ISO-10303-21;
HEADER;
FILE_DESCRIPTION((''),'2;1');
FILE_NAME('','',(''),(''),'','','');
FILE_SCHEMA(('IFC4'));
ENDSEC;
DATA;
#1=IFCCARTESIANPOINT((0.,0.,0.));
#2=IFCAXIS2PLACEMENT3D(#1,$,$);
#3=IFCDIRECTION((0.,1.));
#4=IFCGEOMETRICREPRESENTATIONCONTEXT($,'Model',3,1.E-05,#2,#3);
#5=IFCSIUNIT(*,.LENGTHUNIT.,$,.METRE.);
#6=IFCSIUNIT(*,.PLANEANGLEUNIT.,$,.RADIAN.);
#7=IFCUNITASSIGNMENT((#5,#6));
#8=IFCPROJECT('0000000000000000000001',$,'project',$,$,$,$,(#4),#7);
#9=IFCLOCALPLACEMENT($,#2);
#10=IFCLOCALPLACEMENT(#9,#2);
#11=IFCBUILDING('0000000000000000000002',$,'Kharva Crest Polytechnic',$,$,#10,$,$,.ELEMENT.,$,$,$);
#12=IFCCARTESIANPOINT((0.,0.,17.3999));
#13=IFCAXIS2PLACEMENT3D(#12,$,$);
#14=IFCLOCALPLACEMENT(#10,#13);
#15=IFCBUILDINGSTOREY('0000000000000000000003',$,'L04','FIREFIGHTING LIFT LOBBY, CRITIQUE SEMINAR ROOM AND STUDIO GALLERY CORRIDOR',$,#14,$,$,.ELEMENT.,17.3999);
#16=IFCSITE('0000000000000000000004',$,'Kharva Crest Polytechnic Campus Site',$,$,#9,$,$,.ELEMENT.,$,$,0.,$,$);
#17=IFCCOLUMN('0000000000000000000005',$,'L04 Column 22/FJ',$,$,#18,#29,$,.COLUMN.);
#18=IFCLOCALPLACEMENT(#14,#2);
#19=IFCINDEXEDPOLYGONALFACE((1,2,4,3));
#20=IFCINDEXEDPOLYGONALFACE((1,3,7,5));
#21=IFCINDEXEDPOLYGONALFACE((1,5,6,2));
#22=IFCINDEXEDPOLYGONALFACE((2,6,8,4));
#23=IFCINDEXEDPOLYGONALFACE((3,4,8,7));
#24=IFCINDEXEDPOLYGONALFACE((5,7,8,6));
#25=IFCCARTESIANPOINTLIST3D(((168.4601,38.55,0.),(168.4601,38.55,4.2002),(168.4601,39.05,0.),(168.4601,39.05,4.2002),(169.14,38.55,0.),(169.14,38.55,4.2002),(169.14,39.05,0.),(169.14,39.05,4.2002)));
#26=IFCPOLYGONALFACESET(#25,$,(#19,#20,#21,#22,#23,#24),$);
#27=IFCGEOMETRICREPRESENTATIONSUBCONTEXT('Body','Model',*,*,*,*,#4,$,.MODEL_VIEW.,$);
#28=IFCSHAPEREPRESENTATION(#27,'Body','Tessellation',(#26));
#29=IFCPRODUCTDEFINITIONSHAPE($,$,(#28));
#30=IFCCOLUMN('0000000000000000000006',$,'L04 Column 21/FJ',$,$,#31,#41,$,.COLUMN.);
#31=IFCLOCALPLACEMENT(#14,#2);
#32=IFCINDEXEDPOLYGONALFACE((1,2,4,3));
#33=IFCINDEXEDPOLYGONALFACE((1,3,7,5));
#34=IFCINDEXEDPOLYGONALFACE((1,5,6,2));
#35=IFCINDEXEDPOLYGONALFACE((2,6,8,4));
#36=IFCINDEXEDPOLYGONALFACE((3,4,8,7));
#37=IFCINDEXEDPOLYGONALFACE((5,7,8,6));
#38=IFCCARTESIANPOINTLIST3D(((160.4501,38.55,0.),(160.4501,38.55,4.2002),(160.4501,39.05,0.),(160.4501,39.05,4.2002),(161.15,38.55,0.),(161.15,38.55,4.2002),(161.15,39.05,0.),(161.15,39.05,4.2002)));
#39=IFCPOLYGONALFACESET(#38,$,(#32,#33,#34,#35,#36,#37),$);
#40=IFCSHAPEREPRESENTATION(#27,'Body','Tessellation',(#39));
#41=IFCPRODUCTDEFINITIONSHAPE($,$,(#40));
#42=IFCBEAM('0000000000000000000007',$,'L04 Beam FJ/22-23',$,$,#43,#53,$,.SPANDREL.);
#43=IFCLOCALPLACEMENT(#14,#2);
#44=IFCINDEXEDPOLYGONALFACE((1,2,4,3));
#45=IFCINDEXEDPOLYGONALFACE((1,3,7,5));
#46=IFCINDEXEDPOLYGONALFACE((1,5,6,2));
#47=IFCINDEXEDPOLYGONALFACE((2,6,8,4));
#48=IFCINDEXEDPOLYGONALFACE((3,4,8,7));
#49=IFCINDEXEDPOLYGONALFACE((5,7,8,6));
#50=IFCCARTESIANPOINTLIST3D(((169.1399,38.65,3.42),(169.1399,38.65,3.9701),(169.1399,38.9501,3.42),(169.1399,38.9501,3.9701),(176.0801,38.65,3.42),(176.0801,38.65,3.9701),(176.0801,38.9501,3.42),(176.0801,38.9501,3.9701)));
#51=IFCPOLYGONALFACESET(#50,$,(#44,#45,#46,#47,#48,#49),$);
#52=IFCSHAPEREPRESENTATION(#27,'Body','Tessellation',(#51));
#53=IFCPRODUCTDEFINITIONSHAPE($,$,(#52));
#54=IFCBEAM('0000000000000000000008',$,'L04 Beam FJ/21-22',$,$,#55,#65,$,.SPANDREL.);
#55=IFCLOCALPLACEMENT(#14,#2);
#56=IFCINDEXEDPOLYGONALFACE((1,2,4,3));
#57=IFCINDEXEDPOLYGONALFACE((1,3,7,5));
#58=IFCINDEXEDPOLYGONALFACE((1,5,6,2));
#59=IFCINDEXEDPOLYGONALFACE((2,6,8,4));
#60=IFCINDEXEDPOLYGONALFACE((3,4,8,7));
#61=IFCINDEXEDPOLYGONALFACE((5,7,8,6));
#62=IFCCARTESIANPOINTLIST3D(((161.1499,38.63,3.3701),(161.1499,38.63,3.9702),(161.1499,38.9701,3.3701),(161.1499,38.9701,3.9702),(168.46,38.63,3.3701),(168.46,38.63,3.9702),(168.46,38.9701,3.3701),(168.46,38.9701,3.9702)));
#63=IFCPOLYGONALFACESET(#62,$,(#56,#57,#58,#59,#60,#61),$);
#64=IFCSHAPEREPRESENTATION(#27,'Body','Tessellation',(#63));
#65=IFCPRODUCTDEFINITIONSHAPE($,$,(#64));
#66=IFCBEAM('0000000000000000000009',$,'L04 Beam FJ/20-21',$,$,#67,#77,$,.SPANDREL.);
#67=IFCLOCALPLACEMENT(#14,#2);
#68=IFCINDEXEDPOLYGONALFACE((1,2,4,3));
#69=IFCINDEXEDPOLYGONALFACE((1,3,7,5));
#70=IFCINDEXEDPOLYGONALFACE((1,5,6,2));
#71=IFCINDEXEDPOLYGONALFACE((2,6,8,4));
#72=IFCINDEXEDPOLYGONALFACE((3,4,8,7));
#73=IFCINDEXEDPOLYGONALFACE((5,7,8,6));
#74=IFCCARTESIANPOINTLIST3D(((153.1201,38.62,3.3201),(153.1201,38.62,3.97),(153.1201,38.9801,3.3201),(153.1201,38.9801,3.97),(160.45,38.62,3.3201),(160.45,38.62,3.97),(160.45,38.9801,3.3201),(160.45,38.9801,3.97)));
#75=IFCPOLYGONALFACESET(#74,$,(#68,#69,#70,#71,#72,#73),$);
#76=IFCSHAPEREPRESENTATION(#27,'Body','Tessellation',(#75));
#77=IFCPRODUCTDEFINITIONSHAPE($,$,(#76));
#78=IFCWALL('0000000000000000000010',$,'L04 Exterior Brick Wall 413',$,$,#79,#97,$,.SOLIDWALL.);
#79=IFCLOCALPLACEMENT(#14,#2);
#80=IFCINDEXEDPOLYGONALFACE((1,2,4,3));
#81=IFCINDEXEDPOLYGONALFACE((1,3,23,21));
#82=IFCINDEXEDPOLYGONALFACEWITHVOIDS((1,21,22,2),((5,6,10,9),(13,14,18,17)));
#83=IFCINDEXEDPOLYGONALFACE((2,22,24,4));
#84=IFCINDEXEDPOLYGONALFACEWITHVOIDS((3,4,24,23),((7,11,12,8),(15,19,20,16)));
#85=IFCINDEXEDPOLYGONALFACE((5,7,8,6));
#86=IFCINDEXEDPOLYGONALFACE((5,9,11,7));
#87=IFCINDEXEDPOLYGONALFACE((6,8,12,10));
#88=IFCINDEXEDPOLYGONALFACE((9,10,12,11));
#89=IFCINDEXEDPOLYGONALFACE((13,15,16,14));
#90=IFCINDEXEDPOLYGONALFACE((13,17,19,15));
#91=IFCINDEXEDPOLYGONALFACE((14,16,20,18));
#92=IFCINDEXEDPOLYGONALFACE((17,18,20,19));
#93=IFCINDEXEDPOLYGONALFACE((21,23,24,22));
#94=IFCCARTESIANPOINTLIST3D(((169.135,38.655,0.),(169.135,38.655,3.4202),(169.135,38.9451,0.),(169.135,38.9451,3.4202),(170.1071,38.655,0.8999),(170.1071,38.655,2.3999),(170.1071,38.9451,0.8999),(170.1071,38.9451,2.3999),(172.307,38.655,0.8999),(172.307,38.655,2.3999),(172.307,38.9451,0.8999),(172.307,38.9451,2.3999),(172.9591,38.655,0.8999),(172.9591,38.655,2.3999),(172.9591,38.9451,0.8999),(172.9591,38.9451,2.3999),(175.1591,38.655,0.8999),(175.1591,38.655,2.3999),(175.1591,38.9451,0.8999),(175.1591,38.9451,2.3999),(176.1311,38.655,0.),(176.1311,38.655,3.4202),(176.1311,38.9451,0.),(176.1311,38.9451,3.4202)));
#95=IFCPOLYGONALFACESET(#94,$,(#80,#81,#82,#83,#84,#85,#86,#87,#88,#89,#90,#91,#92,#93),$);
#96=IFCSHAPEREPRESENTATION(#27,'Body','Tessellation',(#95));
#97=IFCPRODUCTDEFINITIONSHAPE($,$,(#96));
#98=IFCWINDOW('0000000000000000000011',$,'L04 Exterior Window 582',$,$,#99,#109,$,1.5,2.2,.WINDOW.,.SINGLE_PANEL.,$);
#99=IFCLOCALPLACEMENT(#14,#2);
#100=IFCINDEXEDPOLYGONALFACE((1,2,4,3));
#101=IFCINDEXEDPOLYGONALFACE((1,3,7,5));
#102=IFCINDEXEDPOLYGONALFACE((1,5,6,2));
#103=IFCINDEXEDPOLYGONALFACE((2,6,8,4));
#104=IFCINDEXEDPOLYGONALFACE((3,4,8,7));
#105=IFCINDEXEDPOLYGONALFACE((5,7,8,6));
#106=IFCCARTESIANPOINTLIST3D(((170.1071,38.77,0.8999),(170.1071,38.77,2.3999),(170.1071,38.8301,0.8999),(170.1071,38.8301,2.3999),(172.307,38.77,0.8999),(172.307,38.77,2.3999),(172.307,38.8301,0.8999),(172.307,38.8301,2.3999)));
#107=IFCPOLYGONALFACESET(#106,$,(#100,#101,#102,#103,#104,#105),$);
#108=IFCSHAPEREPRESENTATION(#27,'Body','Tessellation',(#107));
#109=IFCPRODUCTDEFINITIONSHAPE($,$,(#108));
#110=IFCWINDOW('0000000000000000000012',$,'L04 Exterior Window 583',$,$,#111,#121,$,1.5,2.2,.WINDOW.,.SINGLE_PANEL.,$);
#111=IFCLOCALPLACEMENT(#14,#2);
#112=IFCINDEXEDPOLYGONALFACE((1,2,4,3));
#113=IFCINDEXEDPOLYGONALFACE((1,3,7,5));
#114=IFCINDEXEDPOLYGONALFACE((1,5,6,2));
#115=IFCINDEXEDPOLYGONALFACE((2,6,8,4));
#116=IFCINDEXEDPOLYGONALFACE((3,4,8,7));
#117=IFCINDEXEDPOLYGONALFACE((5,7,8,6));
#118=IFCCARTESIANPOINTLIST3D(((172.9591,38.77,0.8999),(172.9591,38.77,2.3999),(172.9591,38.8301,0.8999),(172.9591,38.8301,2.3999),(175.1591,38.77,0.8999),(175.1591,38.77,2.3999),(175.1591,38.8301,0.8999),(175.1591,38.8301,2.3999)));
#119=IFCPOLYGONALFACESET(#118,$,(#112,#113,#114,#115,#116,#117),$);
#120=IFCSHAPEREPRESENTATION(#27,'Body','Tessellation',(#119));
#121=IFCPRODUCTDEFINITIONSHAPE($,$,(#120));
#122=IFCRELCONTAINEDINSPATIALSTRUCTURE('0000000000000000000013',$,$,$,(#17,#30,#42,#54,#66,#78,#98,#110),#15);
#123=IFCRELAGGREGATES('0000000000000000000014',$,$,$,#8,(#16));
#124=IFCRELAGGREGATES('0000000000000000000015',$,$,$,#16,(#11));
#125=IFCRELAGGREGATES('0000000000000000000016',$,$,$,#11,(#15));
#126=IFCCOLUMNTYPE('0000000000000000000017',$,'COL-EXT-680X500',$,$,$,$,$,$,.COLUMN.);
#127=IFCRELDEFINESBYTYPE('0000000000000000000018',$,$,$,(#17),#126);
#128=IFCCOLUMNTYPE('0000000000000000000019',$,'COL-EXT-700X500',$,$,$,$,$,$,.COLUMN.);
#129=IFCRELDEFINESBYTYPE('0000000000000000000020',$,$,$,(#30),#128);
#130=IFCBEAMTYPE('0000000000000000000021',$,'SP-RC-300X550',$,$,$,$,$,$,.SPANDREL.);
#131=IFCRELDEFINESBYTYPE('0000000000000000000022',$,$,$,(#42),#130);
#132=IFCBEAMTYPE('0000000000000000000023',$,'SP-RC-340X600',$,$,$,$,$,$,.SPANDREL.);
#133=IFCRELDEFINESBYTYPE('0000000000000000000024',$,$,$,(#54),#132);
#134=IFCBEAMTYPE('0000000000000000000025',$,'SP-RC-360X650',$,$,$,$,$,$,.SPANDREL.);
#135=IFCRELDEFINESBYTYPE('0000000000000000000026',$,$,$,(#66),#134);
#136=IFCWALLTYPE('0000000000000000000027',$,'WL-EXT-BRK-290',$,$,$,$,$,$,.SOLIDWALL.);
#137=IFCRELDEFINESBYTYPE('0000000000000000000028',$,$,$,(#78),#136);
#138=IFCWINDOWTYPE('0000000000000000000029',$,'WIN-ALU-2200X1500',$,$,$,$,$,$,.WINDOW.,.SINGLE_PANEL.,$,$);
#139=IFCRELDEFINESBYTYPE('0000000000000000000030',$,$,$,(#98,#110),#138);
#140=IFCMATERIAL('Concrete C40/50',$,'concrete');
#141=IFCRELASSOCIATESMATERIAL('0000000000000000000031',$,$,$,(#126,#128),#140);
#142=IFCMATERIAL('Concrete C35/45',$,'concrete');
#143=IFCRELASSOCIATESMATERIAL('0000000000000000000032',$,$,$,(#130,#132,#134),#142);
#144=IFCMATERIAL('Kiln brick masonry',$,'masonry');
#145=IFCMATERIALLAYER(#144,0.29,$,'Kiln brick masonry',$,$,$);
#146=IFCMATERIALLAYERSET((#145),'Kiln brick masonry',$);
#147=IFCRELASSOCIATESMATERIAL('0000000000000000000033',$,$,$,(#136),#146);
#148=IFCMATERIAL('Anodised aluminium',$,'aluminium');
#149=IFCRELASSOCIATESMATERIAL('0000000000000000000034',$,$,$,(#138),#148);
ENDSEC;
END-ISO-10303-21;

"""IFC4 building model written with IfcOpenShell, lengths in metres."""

from ifc_helpers import new_model, si_unit, direction, frame, frame_2d, origin, origin_2d, place, context, subcontext, project, spatial, rectangle, extrude, material, layer, layer_set, material_profile, profile_set, type_object, element, fill, save


model = new_model("IFC4")

# Units and contexts
model_context = context("Model", 3, precision=1e-05, world=origin(), true_north=direction((0.0, 1.0)))
body_context = subcontext(model_context, "Body", "Model", "MODEL_VIEW")
ifc_project = project(units=[si_unit("LENGTHUNIT", "METRE"), si_unit("PLANEANGLEUNIT", "RADIAN")], contexts=[model_context])

# Site, building, storey
site_placement = place(None, origin())
site = spatial("IfcSite", under=ifc_project, at=site_placement, Name="Kharva Crest Polytechnic Campus Site", CompositionType="ELEMENT", RefElevation=0.0)
building_placement = place(site_placement, origin())
building = spatial("IfcBuilding", under=site, at=building_placement, Name="Kharva Crest Polytechnic", CompositionType="ELEMENT")
storey_placement = place(building_placement, frame((0.0, 0.0, 17.3999)))
storey = spatial("IfcBuildingStorey", under=building, at=storey_placement, Name="L04", Description="FIREFIGHTING LIFT LOBBY, CRITIQUE SEMINAR ROOM AND STUDIO GALLERY CORRIDOR", CompositionType="ELEMENT", Elevation=17.3999)

# Columns
ifc_material_1 = material(Name="Concrete C40/50", Category="concrete")
ifc_material_profile_1 = material_profile(ifc_material_1, rectangle(XDim=0.6799, YDim=0.5, at=origin_2d()), Name="RECT 680 X 500")
ifc_profile_set_1 = profile_set([ifc_material_profile_1], Name="Concrete C40/50")
column_type_1 = type_object("IfcColumnType", Name="COL-EXT-680X500", PredefinedType="COLUMN", material=ifc_profile_set_1)
column_1_placement = place(storey_placement, frame((168.8, 38.8, 0.0), z_axis=(0.0, 0.0, 1.0), x_axis=(1.0, 0.0, 0.0)))
element("IfcColumn", 1, at=column_1_placement, inside=storey, type_object=column_type_1, Name="L04 Column 22/FJ", PredefinedType="COLUMN", context=body_context, shape_type="SweptSolid", body=[
    extrude(rectangle(XDim=0.6799, YDim=0.5, at=origin_2d()), origin(), (0.0, 0.0, 1.0), 4.2002),
])
ifc_material_profile_2 = material_profile(ifc_material_1, rectangle(XDim=0.7, YDim=0.5, at=origin_2d()), Name="RECT 700 X 500")
ifc_profile_set_2 = profile_set([ifc_material_profile_2], Name="Concrete C40/50")
column_type_2 = type_object("IfcColumnType", Name="COL-EXT-700X500", PredefinedType="COLUMN", material=ifc_profile_set_2)
column_2_placement = place(storey_placement, frame((160.8, 38.8, 0.0), z_axis=(0.0, 0.0, 1.0), x_axis=(1.0, 0.0, 0.0)))
element("IfcColumn", 2, at=column_2_placement, inside=storey, type_object=column_type_2, Name="L04 Column 21/FJ", PredefinedType="COLUMN", context=body_context, shape_type="SweptSolid", body=[
    extrude(rectangle(XDim=0.7, YDim=0.5, at=origin_2d()), origin(), (0.0, 0.0, 1.0), 4.2002),
])

# Beams
ifc_material_2 = material(Name="Concrete C35/45", Category="concrete")
ifc_material_profile_3 = material_profile(ifc_material_2, rectangle(XDim=0.3, YDim=0.55, at=origin_2d()), Name="RECT 300 X 550")
ifc_profile_set_3 = profile_set([ifc_material_profile_3], Name="Concrete C35/45")
beam_type_1 = type_object("IfcBeamType", Name="SP-RC-300X550", PredefinedType="SPANDREL", material=ifc_profile_set_3)
beam_1_placement = place(storey_placement, frame((169.1399, 38.8, 3.6951), z_axis=(1.0, 0.0, 0.0), x_axis=(0.0, 1.0, 0.0)))
element("IfcBeam", 3, at=beam_1_placement, inside=storey, type_object=beam_type_1, Name="L04 Beam FJ/22-23", PredefinedType="SPANDREL", context=body_context, shape_type="SweptSolid", body=[
    extrude(rectangle(XDim=0.3, YDim=0.55, at=origin_2d()), origin(), (0.0, 0.0, 1.0), 6.9402),
])
ifc_material_profile_4 = material_profile(ifc_material_2, rectangle(XDim=0.3401, YDim=0.6001, at=origin_2d()), Name="RECT 340 X 600")
ifc_profile_set_4 = profile_set([ifc_material_profile_4], Name="Concrete C35/45")
beam_type_2 = type_object("IfcBeamType", Name="SP-RC-340X600", PredefinedType="SPANDREL", material=ifc_profile_set_4)
beam_2_placement = place(storey_placement, frame((161.1499, 38.8, 3.6702), z_axis=(1.0, 0.0, 0.0), x_axis=(0.0, 1.0, 0.0)))
element("IfcBeam", 4, at=beam_2_placement, inside=storey, type_object=beam_type_2, Name="L04 Beam FJ/21-22", PredefinedType="SPANDREL", context=body_context, shape_type="SweptSolid", body=[
    extrude(rectangle(XDim=0.3401, YDim=0.6001, at=origin_2d()), origin(), (0.0, 0.0, 1.0), 7.3101),
])
ifc_material_profile_5 = material_profile(ifc_material_2, rectangle(XDim=0.3601, YDim=0.6499, at=origin_2d()), Name="RECT 360 X 650")
ifc_profile_set_5 = profile_set([ifc_material_profile_5], Name="Concrete C35/45")
beam_type_3 = type_object("IfcBeamType", Name="SP-RC-360X650", PredefinedType="SPANDREL", material=ifc_profile_set_5)
beam_3_placement = place(storey_placement, frame((153.1201, 38.8, 3.645), z_axis=(1.0, 0.0, 0.0), x_axis=(0.0, 1.0, 0.0)))
element("IfcBeam", 5, at=beam_3_placement, inside=storey, type_object=beam_type_3, Name="L04 Beam FJ/20-21", PredefinedType="SPANDREL", context=body_context, shape_type="SweptSolid", body=[
    extrude(rectangle(XDim=0.3601, YDim=0.6499, at=origin_2d()), origin(), (0.0, 0.0, 1.0), 7.3298),
])

# Wall, openings, windows
ifc_material_3 = material(Name="Kiln brick masonry", Category="masonry")
ifc_layer_1 = layer(ifc_material_3, 0.29, Name="Kiln brick masonry")
ifc_layer_set_1 = layer_set([ifc_layer_1], Name="Kiln brick masonry")
wall_type_1 = type_object("IfcWallType", Name="WL-EXT-BRK-290", PredefinedType="SOLIDWALL", material=ifc_layer_set_1)
wall_1_placement = place(storey_placement, frame((169.135, 38.8, 0.0), z_axis=(0.0, 0.0, 1.0), x_axis=(1.0, 0.0, 0.0)))
wall_1 = element("IfcWall", 6, at=wall_1_placement, inside=storey, type_object=wall_type_1, Name="L04 Exterior Brick Wall 413", PredefinedType="SOLIDWALL", context=body_context, shape_type="SweptSolid", body=[
    extrude(rectangle(XDim=6.9961, YDim=0.29, at=frame_2d((3.498, 0.0))), origin(), (0.0, 0.0, 1.0), 3.4202),
])
opening_1_placement = place(wall_1_placement, frame((0.9719, 0.0, 0.8999)))
opening_1 = element("IfcOpeningElement", 7, at=opening_1_placement, cuts=wall_1, PredefinedType="OPENING", context=body_context, shape_type="SweptSolid", body=[
    extrude(rectangle(XDim=2.2, YDim=1.5, at=frame_2d((1.1001, 0.75))), frame((0.0, 0.155, 0.0), z_axis=(0.0, -1.0, 0.0), x_axis=(1.0, 0.0, 0.0)), (0.0, 0.0, 1.0), 0.3101),
])
opening_2_placement = place(wall_1_placement, frame((3.824, 0.0, 0.8999)))
opening_2 = element("IfcOpeningElement", 8, at=opening_2_placement, cuts=wall_1, PredefinedType="OPENING", context=body_context, shape_type="SweptSolid", body=[
    extrude(rectangle(XDim=2.2, YDim=1.5, at=frame_2d((1.1001, 0.75))), frame((0.0, 0.155, 0.0), z_axis=(0.0, -1.0, 0.0), x_axis=(1.0, 0.0, 0.0)), (0.0, 0.0, 1.0), 0.3101),
])
ifc_material_4 = material(Name="Anodised aluminium", Category="aluminium")
window_type_1 = type_object("IfcWindowType", Name="WIN-ALU-2200X1500", PartitioningType="SINGLE_PANEL", PredefinedType="WINDOW", material=ifc_material_4)
window_1_placement = place(opening_1_placement, origin())
window_1 = element("IfcWindow", 9, at=window_1_placement, inside=storey, type_object=window_type_1, Name="L04 Exterior Window 582", OverallHeight=1.5, OverallWidth=2.2, PartitioningType="SINGLE_PANEL", PredefinedType="WINDOW", context=body_context, shape_type="SweptSolid", body=[
    extrude(rectangle(XDim=2.2, YDim=1.5, at=frame_2d((1.1001, 0.75))), frame((0.0, 0.03, 0.0), z_axis=(0.0, -1.0, 0.0), x_axis=(1.0, 0.0, 0.0)), (0.0, 0.0, 1.0), 0.0601),
])
fill(opening_1, window_1)
window_2_placement = place(opening_2_placement, origin())
window_2 = element("IfcWindow", 10, at=window_2_placement, inside=storey, type_object=window_type_1, Name="L04 Exterior Window 583", OverallHeight=1.5, OverallWidth=2.2, PartitioningType="SINGLE_PANEL", PredefinedType="WINDOW", context=body_context, shape_type="SweptSolid", body=[
    extrude(rectangle(XDim=2.2, YDim=1.5, at=frame_2d((1.1001, 0.75))), frame((0.0, 0.03, 0.0), z_axis=(0.0, -1.0, 0.0), x_axis=(1.0, 0.0, 0.0)), (0.0, 0.0, 1.0), 0.0601),
])
fill(opening_2, window_2)

save(model, "model.ifc")
